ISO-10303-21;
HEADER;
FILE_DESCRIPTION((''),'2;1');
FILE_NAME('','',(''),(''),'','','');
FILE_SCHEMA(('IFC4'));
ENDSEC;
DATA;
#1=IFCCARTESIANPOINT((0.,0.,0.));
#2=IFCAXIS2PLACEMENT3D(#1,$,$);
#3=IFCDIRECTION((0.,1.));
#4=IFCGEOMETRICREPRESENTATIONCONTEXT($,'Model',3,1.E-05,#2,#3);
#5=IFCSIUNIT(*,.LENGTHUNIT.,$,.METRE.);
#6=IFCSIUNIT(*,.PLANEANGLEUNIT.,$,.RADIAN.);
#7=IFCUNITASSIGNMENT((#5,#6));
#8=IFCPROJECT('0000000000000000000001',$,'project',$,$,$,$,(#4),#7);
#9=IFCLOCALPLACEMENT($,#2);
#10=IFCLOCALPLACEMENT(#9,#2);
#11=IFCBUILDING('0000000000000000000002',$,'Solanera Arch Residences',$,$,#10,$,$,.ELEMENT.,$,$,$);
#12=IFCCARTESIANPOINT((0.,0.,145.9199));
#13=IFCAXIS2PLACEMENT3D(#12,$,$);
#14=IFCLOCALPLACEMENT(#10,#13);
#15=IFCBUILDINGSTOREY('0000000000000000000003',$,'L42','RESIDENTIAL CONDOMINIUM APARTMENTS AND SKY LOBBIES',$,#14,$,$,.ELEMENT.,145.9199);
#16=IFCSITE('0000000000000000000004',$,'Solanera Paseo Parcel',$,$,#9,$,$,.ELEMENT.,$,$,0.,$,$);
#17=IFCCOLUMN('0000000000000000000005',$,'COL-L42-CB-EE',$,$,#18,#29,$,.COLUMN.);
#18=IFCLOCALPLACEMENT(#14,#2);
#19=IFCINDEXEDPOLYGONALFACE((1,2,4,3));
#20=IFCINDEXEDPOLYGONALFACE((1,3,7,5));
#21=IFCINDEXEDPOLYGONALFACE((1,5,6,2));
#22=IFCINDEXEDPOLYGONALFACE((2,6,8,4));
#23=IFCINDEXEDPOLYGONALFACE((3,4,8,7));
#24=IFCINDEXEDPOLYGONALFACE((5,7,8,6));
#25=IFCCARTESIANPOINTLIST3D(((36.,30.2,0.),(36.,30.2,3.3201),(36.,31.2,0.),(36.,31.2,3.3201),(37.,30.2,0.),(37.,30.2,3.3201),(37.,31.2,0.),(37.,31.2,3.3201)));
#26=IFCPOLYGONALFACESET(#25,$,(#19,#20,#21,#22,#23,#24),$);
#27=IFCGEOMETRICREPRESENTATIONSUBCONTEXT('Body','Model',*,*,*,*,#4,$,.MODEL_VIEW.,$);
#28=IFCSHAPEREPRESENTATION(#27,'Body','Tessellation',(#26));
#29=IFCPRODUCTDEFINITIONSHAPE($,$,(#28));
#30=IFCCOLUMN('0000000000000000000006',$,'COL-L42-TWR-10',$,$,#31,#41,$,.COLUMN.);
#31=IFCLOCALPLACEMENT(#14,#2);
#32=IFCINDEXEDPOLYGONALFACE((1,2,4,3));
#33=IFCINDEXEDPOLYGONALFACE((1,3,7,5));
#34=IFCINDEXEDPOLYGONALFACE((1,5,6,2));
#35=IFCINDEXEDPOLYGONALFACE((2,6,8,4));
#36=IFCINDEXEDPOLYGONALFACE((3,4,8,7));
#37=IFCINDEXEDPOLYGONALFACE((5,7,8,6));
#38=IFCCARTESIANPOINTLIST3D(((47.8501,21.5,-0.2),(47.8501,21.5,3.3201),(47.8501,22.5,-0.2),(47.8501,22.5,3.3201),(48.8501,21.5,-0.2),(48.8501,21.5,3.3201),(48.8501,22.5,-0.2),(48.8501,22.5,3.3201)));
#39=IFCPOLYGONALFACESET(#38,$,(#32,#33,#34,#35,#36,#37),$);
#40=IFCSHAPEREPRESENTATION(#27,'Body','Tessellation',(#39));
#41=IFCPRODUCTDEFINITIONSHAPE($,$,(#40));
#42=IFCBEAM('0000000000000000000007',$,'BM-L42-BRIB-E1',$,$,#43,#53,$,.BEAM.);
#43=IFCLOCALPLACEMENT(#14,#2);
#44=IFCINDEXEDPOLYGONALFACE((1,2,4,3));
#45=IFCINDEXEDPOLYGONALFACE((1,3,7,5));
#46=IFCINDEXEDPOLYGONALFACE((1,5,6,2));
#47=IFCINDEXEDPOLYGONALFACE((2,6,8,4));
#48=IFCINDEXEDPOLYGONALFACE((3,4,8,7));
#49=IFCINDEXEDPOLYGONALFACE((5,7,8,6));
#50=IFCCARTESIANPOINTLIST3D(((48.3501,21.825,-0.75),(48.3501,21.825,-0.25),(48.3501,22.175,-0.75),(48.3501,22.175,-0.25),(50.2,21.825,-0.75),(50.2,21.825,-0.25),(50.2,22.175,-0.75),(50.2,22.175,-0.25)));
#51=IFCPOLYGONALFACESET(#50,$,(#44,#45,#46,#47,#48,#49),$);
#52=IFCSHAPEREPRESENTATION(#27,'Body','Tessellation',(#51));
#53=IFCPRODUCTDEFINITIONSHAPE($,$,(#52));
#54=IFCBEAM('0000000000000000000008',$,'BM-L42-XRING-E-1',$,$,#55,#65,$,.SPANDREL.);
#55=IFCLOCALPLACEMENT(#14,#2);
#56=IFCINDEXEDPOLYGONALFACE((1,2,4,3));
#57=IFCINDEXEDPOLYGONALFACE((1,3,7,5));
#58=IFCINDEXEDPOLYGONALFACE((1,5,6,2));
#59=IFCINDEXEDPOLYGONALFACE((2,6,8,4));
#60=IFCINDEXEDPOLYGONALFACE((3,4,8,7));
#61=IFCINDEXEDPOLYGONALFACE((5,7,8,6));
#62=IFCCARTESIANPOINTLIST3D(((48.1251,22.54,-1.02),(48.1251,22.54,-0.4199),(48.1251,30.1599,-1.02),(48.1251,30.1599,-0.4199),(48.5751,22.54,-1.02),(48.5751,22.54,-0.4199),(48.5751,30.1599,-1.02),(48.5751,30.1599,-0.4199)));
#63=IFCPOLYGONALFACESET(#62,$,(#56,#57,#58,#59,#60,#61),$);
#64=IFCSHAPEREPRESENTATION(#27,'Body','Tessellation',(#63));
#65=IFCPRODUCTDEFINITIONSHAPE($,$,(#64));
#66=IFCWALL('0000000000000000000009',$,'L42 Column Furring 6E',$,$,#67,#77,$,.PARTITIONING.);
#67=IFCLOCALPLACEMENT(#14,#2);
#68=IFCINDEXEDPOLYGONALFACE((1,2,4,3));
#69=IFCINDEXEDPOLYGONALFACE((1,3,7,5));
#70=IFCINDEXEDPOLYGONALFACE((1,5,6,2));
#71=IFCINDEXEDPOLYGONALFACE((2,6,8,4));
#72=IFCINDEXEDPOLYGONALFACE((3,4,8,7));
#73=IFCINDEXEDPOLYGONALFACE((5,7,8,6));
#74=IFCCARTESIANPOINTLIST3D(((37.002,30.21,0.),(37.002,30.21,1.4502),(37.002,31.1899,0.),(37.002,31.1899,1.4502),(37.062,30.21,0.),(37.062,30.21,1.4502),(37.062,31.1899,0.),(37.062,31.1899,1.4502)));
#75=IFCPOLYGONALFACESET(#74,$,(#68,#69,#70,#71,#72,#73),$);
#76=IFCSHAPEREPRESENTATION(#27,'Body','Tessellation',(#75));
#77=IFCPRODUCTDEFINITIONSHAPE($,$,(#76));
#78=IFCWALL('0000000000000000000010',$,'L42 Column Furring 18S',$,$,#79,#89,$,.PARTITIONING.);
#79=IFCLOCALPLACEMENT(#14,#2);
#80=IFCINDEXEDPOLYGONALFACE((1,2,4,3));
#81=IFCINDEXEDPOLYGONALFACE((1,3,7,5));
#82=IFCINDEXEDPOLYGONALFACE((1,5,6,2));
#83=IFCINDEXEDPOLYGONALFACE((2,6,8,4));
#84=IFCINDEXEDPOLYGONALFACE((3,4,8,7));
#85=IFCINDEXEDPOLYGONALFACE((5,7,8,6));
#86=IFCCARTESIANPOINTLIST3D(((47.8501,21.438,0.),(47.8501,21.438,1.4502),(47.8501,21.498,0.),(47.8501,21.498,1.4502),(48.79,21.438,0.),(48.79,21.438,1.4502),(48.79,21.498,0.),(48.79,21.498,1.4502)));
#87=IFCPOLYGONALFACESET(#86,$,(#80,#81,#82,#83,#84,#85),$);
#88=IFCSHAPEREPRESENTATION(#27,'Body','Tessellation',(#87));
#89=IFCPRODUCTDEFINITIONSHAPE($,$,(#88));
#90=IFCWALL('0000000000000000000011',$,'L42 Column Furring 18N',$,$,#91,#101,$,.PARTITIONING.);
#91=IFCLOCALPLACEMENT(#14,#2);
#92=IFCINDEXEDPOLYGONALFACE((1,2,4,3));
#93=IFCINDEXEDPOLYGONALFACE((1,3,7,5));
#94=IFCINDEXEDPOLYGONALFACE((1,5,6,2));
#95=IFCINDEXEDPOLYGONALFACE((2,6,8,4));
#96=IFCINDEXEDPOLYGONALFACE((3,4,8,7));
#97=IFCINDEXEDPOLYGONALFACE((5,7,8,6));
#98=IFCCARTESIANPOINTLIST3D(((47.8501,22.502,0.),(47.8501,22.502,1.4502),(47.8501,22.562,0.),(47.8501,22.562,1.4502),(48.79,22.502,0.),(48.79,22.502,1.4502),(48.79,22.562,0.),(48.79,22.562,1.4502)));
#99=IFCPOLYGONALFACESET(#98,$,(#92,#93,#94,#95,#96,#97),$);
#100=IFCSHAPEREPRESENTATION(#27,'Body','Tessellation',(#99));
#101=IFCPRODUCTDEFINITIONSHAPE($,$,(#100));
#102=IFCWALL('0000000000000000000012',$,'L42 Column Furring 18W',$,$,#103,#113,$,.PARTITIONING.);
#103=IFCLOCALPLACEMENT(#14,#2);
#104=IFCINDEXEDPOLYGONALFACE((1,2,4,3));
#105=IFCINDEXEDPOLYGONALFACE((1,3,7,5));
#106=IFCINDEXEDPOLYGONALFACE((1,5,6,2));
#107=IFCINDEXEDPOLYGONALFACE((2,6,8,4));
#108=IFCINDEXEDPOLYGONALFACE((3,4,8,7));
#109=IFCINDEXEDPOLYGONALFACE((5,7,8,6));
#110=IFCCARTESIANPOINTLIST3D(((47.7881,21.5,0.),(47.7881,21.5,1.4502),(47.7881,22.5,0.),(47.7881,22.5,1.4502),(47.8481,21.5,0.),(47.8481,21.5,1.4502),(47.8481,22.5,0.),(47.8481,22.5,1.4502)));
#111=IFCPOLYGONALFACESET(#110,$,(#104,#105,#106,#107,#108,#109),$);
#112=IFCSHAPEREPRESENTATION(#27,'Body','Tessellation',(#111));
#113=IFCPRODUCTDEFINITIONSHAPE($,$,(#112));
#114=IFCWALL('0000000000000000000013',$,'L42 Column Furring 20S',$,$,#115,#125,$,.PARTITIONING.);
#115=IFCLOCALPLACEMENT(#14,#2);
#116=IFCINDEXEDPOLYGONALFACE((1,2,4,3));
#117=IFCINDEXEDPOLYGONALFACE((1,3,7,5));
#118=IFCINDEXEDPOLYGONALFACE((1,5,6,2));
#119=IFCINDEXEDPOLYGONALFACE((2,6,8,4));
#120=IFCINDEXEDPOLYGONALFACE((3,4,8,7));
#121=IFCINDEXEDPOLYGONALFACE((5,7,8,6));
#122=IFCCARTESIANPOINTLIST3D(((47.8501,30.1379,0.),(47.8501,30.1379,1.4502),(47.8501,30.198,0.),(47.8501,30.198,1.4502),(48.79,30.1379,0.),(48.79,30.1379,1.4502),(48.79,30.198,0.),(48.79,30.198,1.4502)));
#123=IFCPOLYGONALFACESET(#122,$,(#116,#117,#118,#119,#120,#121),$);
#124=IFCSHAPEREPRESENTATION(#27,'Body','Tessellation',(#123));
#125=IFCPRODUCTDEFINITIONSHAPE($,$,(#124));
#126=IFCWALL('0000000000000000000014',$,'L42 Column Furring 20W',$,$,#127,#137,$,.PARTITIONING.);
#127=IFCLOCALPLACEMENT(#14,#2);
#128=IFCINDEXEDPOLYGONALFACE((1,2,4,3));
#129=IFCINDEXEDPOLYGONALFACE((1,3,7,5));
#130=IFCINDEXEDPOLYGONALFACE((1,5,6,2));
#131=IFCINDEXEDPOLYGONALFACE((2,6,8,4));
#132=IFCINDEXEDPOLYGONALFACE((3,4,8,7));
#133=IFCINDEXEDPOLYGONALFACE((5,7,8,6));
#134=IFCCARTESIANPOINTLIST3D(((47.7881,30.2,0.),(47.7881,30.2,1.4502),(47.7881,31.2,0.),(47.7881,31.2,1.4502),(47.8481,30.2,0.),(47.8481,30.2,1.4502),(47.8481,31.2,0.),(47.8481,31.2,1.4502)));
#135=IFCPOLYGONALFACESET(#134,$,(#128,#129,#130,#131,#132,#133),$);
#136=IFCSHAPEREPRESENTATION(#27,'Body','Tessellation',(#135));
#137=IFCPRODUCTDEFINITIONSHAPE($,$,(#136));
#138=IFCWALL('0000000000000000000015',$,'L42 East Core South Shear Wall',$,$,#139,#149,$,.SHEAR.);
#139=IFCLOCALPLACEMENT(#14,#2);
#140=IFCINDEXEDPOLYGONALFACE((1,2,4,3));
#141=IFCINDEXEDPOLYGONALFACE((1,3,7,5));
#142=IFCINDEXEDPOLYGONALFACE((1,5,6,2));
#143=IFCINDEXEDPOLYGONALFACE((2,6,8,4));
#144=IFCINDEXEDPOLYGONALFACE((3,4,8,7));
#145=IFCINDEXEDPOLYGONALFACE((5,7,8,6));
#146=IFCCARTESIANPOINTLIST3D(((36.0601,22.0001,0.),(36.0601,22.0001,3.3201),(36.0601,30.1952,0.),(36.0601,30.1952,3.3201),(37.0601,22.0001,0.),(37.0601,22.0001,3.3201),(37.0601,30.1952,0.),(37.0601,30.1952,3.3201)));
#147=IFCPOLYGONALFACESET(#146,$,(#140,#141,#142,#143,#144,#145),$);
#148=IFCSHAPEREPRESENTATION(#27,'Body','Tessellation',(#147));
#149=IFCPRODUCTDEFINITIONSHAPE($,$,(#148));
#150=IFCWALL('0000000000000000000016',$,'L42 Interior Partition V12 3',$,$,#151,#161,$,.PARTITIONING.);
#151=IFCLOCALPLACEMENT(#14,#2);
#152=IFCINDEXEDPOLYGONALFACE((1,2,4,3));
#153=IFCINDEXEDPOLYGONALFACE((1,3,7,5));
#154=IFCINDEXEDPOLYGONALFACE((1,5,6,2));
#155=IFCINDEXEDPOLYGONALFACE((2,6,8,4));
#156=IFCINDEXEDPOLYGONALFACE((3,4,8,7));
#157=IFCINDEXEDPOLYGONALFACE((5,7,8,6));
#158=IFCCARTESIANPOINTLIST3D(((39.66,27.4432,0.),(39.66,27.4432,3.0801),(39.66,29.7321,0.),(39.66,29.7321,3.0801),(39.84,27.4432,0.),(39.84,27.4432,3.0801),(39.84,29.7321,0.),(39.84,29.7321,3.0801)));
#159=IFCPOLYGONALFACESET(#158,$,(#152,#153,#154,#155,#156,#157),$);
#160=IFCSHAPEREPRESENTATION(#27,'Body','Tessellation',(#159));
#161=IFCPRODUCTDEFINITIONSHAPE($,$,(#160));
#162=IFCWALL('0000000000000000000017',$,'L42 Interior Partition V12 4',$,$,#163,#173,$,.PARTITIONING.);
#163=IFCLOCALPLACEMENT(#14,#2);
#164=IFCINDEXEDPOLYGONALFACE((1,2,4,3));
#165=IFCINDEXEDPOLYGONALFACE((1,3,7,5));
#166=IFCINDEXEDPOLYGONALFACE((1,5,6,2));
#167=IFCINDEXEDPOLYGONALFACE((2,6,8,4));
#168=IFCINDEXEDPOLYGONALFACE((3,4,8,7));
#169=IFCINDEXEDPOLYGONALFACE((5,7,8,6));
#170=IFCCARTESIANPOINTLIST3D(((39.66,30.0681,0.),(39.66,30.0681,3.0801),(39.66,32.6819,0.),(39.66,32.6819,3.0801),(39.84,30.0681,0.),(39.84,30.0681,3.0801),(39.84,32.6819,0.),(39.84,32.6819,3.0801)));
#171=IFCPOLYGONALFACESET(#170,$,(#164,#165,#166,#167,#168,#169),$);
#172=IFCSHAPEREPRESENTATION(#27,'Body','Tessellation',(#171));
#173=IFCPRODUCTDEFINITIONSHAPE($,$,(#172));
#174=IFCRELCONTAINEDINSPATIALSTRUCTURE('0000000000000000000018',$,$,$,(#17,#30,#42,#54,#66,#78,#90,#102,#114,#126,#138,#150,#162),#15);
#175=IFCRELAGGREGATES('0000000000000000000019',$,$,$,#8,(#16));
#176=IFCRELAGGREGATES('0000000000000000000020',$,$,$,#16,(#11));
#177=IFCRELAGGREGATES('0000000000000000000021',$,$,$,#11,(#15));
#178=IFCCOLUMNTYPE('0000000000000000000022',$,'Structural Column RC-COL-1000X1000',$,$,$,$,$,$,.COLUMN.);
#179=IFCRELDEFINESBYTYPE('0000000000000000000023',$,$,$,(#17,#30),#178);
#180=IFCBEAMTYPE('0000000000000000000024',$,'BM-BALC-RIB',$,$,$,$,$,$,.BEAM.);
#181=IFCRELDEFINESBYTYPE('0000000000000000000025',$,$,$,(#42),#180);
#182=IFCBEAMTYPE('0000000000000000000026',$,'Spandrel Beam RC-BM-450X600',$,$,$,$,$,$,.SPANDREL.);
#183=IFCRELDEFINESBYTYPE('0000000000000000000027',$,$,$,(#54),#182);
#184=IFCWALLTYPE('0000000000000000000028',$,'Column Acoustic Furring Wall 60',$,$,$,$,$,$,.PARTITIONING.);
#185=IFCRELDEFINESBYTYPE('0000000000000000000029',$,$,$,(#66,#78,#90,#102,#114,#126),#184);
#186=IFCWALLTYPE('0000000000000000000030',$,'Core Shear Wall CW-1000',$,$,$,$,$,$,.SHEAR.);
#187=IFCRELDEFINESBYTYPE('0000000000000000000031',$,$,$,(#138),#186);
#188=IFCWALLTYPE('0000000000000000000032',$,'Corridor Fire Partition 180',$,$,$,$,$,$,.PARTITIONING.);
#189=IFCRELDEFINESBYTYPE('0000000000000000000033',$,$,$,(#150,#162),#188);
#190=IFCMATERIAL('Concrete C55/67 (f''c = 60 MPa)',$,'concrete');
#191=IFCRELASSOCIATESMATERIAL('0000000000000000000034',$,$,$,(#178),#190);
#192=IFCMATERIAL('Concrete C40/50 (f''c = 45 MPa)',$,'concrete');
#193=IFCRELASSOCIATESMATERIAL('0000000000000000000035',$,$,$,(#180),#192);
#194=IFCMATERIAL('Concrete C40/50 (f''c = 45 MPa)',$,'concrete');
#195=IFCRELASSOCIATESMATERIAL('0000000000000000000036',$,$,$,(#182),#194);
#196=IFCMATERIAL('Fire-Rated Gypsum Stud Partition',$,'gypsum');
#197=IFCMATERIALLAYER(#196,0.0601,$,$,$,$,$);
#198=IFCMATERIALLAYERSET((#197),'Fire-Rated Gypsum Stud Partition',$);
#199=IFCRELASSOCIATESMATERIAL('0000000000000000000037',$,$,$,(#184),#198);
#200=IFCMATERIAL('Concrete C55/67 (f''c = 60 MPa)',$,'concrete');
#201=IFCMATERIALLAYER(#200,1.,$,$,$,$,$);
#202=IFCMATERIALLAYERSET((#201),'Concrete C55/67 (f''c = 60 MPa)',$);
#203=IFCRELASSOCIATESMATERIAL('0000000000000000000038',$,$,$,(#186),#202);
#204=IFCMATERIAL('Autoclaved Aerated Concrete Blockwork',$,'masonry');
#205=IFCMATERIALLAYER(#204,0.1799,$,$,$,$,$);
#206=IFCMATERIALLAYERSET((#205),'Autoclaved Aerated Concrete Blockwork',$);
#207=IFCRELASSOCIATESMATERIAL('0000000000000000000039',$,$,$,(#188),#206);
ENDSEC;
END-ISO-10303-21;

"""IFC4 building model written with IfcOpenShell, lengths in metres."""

from ifc_helpers import new_model, si_unit, direction, frame, frame_2d, origin, origin_2d, place, context, subcontext, project, spatial, rectangle, extrude, material, layer, layer_set, material_profile, profile_set, type_object, element, save


model = new_model("IFC4")

# Units and contexts
model_context = context("Model", 3, precision=1e-05, world=origin(), true_north=direction((0.0, 1.0)))
body_context = subcontext(model_context, "Body", "Model", "MODEL_VIEW")
ifc_project = project(units=[si_unit("LENGTHUNIT", "METRE"), si_unit("PLANEANGLEUNIT", "RADIAN")], contexts=[model_context])

# Site, building, storey
site_placement = place(None, origin())
site = spatial("IfcSite", under=ifc_project, at=site_placement, Name="Solanera Paseo Parcel", CompositionType="ELEMENT", RefElevation=0.0)
building_placement = place(site_placement, origin())
building = spatial("IfcBuilding", under=site, at=building_placement, Name="Solanera Arch Residences", CompositionType="ELEMENT")
storey_placement = place(building_placement, frame((0.0, 0.0, 145.9199)))
storey = spatial("IfcBuildingStorey", under=building, at=storey_placement, Name="L42", Description="RESIDENTIAL CONDOMINIUM APARTMENTS AND SKY LOBBIES", CompositionType="ELEMENT", Elevation=145.9199)

# Columns
ifc_material_1 = material(Name="Concrete C55/67 (f'c = 60 MPa)", Category="concrete")
ifc_material_profile_1 = material_profile(ifc_material_1, rectangle(XDim=1.0, YDim=1.0, at=origin_2d()))
ifc_profile_set_1 = profile_set([ifc_material_profile_1], Name="Concrete C55/67 (f'c = 60 MPa)")
column_type = type_object("IfcColumnType", Name="Structural Column RC-COL-1000X1000", PredefinedType="COLUMN", material=ifc_profile_set_1)
column_1_placement = place(storey_placement, frame((36.5, 30.7, 0.0), z_axis=(0.0, 0.0, 1.0), x_axis=(1.0, 0.0, 0.0)))
element("IfcColumn", 1, at=column_1_placement, inside=storey, type_object=column_type, Name="COL-L42-CB-EE", PredefinedType="COLUMN", context=body_context, shape_type="SweptSolid", body=[
    extrude(rectangle(XDim=1.0, YDim=1.0, at=origin_2d()), origin(), (0.0, 0.0, 1.0), 3.3201),
])
column_2_placement = place(storey_placement, frame((48.3501, 22.0, -0.2), z_axis=(0.0, 0.0, 1.0), x_axis=(1.0, 0.0, 0.0)))
element("IfcColumn", 2, at=column_2_placement, inside=storey, type_object=column_type, Name="COL-L42-TWR-10", PredefinedType="COLUMN", context=body_context, shape_type="SweptSolid", body=[
    extrude(rectangle(XDim=1.0, YDim=1.0, at=origin_2d()), origin(), (0.0, 0.0, 1.0), 3.52),
])

# Beams
ifc_material_2 = material(Name="Concrete C40/50 (f'c = 45 MPa)", Category="concrete")
ifc_material_profile_2 = material_profile(ifc_material_2, rectangle(XDim=0.3501, YDim=0.5, at=origin_2d()))
ifc_profile_set_2 = profile_set([ifc_material_profile_2], Name="Concrete C40/50 (f'c = 45 MPa)")
beam_type_1 = type_object("IfcBeamType", Name="BM-BALC-RIB", PredefinedType="BEAM", material=ifc_profile_set_2)
beam_1_placement = place(storey_placement, frame((48.3501, 22.0, -0.5), z_axis=(1.0, 0.0, 0.0), x_axis=(0.0, 1.0, 0.0)))
element("IfcBeam", 3, at=beam_1_placement, inside=storey, type_object=beam_type_1, Name="BM-L42-BRIB-E1", PredefinedType="BEAM", context=body_context, shape_type="SweptSolid", body=[
    extrude(rectangle(XDim=0.3501, YDim=0.5, at=origin_2d()), origin(), (0.0, 0.0, 1.0), 1.8499),
])
ifc_material_3 = material(Name="Concrete C40/50 (f'c = 45 MPa)", Category="concrete")
ifc_material_profile_3 = material_profile(ifc_material_3, rectangle(XDim=0.45, YDim=0.6001, at=origin_2d()))
ifc_profile_set_3 = profile_set([ifc_material_profile_3], Name="Concrete C40/50 (f'c = 45 MPa)")
beam_type_2 = type_object("IfcBeamType", Name="Spandrel Beam RC-BM-450X600", PredefinedType="SPANDREL", material=ifc_profile_set_3)
beam_2_placement = place(storey_placement, frame((48.3501, 22.54, -0.72), z_axis=(0.0, 1.0, 0.0), x_axis=(-1.0, 0.0, 0.0)))
element("IfcBeam", 4, at=beam_2_placement, inside=storey, type_object=beam_type_2, Name="BM-L42-XRING-E-1", PredefinedType="SPANDREL", context=body_context, shape_type="SweptSolid", body=[
    extrude(rectangle(XDim=0.45, YDim=0.6001, at=origin_2d()), origin(), (0.0, 0.0, 1.0), 7.6199),
])

# Walls
ifc_material_4 = material(Name="Fire-Rated Gypsum Stud Partition", Category="gypsum")
ifc_layer_1 = layer(ifc_material_4, 0.0601)
ifc_layer_set_1 = layer_set([ifc_layer_1], Name="Fire-Rated Gypsum Stud Partition")
wall_type_1 = type_object("IfcWallType", Name="Column Acoustic Furring Wall 60", PredefinedType="PARTITIONING", material=ifc_layer_set_1)
wall_1_placement = place(storey_placement, frame((37.032, 30.21, 0.0), z_axis=(0.0, 0.0, 1.0), x_axis=(0.0, 1.0, 0.0)))
element("IfcWall", 5, at=wall_1_placement, inside=storey, type_object=wall_type_1, Name="L42 Column Furring 6E", PredefinedType="PARTITIONING", context=body_context, shape_type="SweptSolid", body=[
    extrude(rectangle(XDim=0.98, YDim=0.0601, at=frame_2d((0.49, 0.0))), origin(), (0.0, 0.0, 1.0), 1.4502),
])
for number, where, z_axis, x_axis, name in (
    (6, (47.8501, 21.468, 0.0), (0.0, 0.0, 1.0), (1.0, 0.0, 0.0), "L42 Column Furring 18S"),
    (7, (47.8501, 22.532, 0.0), (0.0, 0.0, 1.0), (1.0, 0.0, 0.0), "L42 Column Furring 18N"),
):
    element("IfcWall", number, at=place(storey_placement, frame(where, z_axis=z_axis, x_axis=x_axis)), inside=storey, type_object=wall_type_1, Name=name, PredefinedType="PARTITIONING", context=body_context, shape_type="SweptSolid", body=[
        extrude(rectangle(XDim=0.9399, YDim=0.0601, at=frame_2d((0.47, 0.0))), origin(), (0.0, 0.0, 1.0), 1.4502),
    ])
wall_2_placement = place(storey_placement, frame((47.8181, 21.5, 0.0), z_axis=(0.0, 0.0, 1.0), x_axis=(0.0, 1.0, 0.0)))
element("IfcWall", 8, at=wall_2_placement, inside=storey, type_object=wall_type_1, Name="L42 Column Furring 18W", PredefinedType="PARTITIONING", context=body_context, shape_type="SweptSolid", body=[
    extrude(rectangle(XDim=1.0, YDim=0.0601, at=frame_2d((0.5, 0.0))), origin(), (0.0, 0.0, 1.0), 1.4502),
])
wall_3_placement = place(storey_placement, frame((47.8501, 30.168, 0.0), z_axis=(0.0, 0.0, 1.0), x_axis=(1.0, 0.0, 0.0)))
element("IfcWall", 9, at=wall_3_placement, inside=storey, type_object=wall_type_1, Name="L42 Column Furring 20S", PredefinedType="PARTITIONING", context=body_context, shape_type="SweptSolid", body=[
    extrude(rectangle(XDim=0.9399, YDim=0.0601, at=frame_2d((0.47, 0.0))), origin(), (0.0, 0.0, 1.0), 1.4502),
])
wall_4_placement = place(storey_placement, frame((47.8181, 30.2, 0.0), z_axis=(0.0, 0.0, 1.0), x_axis=(0.0, 1.0, 0.0)))
element("IfcWall", 10, at=wall_4_placement, inside=storey, type_object=wall_type_1, Name="L42 Column Furring 20W", PredefinedType="PARTITIONING", context=body_context, shape_type="SweptSolid", body=[
    extrude(rectangle(XDim=1.0, YDim=0.0601, at=frame_2d((0.5, 0.0))), origin(), (0.0, 0.0, 1.0), 1.4502),
])
ifc_material_5 = material(Name="Concrete C55/67 (f'c = 60 MPa)", Category="concrete")
ifc_layer_2 = layer(ifc_material_5, 1.0)
ifc_layer_set_2 = layer_set([ifc_layer_2], Name="Concrete C55/67 (f'c = 60 MPa)")
wall_type_2 = type_object("IfcWallType", Name="Core Shear Wall CW-1000", PredefinedType="SHEAR", material=ifc_layer_set_2)
wall_5_placement = place(storey_placement, frame((36.5601, 22.0, 0.0), z_axis=(0.0, 0.0, 1.0), x_axis=(0.0, 1.0, 0.0)))
element("IfcWall", 11, at=wall_5_placement, inside=storey, type_object=wall_type_2, Name="L42 East Core South Shear Wall", PredefinedType="SHEAR", context=body_context, shape_type="SweptSolid", body=[
    extrude(rectangle(XDim=8.1951, YDim=1.0, at=frame_2d((4.0977, 0.0))), origin(), (0.0, 0.0, 1.0), 3.3201),
])

# Shared definitions
ifc_material_6 = material(Name="Autoclaved Aerated Concrete Blockwork", Category="masonry")
ifc_layer_3 = layer(ifc_material_6, 0.1799)
ifc_layer_set_3 = layer_set([ifc_layer_3], Name="Autoclaved Aerated Concrete Blockwork")
wall_type_3 = type_object("IfcWallType", Name="Corridor Fire Partition 180", PredefinedType="PARTITIONING", material=ifc_layer_set_3)

# Walls
wall_6_placement = place(storey_placement, frame((39.75, 27.4431, 0.0), z_axis=(0.0, 0.0, 1.0), x_axis=(0.0, 1.0, 0.0)))
element("IfcWall", 12, at=wall_6_placement, inside=storey, type_object=wall_type_3, Name="L42 Interior Partition V12 3", PredefinedType="PARTITIONING", context=body_context, shape_type="SweptSolid", body=[
    extrude(rectangle(XDim=2.2888, YDim=0.1799, at=frame_2d((1.1445, 0.0))), origin(), (0.0, 0.0, 1.0), 3.0801),
])
wall_7_placement = place(storey_placement, frame((39.75, 30.0681, 0.0), z_axis=(0.0, 0.0, 1.0), x_axis=(0.0, 1.0, 0.0)))
element("IfcWall", 13, at=wall_7_placement, inside=storey, type_object=wall_type_3, Name="L42 Interior Partition V12 4", PredefinedType="PARTITIONING", context=body_context, shape_type="SweptSolid", body=[
    extrude(rectangle(XDim=2.6138, YDim=0.1799, at=frame_2d((1.3069, 0.0))), origin(), (0.0, 0.0, 1.0), 3.0801),
])

save(model, "model.ifc")
